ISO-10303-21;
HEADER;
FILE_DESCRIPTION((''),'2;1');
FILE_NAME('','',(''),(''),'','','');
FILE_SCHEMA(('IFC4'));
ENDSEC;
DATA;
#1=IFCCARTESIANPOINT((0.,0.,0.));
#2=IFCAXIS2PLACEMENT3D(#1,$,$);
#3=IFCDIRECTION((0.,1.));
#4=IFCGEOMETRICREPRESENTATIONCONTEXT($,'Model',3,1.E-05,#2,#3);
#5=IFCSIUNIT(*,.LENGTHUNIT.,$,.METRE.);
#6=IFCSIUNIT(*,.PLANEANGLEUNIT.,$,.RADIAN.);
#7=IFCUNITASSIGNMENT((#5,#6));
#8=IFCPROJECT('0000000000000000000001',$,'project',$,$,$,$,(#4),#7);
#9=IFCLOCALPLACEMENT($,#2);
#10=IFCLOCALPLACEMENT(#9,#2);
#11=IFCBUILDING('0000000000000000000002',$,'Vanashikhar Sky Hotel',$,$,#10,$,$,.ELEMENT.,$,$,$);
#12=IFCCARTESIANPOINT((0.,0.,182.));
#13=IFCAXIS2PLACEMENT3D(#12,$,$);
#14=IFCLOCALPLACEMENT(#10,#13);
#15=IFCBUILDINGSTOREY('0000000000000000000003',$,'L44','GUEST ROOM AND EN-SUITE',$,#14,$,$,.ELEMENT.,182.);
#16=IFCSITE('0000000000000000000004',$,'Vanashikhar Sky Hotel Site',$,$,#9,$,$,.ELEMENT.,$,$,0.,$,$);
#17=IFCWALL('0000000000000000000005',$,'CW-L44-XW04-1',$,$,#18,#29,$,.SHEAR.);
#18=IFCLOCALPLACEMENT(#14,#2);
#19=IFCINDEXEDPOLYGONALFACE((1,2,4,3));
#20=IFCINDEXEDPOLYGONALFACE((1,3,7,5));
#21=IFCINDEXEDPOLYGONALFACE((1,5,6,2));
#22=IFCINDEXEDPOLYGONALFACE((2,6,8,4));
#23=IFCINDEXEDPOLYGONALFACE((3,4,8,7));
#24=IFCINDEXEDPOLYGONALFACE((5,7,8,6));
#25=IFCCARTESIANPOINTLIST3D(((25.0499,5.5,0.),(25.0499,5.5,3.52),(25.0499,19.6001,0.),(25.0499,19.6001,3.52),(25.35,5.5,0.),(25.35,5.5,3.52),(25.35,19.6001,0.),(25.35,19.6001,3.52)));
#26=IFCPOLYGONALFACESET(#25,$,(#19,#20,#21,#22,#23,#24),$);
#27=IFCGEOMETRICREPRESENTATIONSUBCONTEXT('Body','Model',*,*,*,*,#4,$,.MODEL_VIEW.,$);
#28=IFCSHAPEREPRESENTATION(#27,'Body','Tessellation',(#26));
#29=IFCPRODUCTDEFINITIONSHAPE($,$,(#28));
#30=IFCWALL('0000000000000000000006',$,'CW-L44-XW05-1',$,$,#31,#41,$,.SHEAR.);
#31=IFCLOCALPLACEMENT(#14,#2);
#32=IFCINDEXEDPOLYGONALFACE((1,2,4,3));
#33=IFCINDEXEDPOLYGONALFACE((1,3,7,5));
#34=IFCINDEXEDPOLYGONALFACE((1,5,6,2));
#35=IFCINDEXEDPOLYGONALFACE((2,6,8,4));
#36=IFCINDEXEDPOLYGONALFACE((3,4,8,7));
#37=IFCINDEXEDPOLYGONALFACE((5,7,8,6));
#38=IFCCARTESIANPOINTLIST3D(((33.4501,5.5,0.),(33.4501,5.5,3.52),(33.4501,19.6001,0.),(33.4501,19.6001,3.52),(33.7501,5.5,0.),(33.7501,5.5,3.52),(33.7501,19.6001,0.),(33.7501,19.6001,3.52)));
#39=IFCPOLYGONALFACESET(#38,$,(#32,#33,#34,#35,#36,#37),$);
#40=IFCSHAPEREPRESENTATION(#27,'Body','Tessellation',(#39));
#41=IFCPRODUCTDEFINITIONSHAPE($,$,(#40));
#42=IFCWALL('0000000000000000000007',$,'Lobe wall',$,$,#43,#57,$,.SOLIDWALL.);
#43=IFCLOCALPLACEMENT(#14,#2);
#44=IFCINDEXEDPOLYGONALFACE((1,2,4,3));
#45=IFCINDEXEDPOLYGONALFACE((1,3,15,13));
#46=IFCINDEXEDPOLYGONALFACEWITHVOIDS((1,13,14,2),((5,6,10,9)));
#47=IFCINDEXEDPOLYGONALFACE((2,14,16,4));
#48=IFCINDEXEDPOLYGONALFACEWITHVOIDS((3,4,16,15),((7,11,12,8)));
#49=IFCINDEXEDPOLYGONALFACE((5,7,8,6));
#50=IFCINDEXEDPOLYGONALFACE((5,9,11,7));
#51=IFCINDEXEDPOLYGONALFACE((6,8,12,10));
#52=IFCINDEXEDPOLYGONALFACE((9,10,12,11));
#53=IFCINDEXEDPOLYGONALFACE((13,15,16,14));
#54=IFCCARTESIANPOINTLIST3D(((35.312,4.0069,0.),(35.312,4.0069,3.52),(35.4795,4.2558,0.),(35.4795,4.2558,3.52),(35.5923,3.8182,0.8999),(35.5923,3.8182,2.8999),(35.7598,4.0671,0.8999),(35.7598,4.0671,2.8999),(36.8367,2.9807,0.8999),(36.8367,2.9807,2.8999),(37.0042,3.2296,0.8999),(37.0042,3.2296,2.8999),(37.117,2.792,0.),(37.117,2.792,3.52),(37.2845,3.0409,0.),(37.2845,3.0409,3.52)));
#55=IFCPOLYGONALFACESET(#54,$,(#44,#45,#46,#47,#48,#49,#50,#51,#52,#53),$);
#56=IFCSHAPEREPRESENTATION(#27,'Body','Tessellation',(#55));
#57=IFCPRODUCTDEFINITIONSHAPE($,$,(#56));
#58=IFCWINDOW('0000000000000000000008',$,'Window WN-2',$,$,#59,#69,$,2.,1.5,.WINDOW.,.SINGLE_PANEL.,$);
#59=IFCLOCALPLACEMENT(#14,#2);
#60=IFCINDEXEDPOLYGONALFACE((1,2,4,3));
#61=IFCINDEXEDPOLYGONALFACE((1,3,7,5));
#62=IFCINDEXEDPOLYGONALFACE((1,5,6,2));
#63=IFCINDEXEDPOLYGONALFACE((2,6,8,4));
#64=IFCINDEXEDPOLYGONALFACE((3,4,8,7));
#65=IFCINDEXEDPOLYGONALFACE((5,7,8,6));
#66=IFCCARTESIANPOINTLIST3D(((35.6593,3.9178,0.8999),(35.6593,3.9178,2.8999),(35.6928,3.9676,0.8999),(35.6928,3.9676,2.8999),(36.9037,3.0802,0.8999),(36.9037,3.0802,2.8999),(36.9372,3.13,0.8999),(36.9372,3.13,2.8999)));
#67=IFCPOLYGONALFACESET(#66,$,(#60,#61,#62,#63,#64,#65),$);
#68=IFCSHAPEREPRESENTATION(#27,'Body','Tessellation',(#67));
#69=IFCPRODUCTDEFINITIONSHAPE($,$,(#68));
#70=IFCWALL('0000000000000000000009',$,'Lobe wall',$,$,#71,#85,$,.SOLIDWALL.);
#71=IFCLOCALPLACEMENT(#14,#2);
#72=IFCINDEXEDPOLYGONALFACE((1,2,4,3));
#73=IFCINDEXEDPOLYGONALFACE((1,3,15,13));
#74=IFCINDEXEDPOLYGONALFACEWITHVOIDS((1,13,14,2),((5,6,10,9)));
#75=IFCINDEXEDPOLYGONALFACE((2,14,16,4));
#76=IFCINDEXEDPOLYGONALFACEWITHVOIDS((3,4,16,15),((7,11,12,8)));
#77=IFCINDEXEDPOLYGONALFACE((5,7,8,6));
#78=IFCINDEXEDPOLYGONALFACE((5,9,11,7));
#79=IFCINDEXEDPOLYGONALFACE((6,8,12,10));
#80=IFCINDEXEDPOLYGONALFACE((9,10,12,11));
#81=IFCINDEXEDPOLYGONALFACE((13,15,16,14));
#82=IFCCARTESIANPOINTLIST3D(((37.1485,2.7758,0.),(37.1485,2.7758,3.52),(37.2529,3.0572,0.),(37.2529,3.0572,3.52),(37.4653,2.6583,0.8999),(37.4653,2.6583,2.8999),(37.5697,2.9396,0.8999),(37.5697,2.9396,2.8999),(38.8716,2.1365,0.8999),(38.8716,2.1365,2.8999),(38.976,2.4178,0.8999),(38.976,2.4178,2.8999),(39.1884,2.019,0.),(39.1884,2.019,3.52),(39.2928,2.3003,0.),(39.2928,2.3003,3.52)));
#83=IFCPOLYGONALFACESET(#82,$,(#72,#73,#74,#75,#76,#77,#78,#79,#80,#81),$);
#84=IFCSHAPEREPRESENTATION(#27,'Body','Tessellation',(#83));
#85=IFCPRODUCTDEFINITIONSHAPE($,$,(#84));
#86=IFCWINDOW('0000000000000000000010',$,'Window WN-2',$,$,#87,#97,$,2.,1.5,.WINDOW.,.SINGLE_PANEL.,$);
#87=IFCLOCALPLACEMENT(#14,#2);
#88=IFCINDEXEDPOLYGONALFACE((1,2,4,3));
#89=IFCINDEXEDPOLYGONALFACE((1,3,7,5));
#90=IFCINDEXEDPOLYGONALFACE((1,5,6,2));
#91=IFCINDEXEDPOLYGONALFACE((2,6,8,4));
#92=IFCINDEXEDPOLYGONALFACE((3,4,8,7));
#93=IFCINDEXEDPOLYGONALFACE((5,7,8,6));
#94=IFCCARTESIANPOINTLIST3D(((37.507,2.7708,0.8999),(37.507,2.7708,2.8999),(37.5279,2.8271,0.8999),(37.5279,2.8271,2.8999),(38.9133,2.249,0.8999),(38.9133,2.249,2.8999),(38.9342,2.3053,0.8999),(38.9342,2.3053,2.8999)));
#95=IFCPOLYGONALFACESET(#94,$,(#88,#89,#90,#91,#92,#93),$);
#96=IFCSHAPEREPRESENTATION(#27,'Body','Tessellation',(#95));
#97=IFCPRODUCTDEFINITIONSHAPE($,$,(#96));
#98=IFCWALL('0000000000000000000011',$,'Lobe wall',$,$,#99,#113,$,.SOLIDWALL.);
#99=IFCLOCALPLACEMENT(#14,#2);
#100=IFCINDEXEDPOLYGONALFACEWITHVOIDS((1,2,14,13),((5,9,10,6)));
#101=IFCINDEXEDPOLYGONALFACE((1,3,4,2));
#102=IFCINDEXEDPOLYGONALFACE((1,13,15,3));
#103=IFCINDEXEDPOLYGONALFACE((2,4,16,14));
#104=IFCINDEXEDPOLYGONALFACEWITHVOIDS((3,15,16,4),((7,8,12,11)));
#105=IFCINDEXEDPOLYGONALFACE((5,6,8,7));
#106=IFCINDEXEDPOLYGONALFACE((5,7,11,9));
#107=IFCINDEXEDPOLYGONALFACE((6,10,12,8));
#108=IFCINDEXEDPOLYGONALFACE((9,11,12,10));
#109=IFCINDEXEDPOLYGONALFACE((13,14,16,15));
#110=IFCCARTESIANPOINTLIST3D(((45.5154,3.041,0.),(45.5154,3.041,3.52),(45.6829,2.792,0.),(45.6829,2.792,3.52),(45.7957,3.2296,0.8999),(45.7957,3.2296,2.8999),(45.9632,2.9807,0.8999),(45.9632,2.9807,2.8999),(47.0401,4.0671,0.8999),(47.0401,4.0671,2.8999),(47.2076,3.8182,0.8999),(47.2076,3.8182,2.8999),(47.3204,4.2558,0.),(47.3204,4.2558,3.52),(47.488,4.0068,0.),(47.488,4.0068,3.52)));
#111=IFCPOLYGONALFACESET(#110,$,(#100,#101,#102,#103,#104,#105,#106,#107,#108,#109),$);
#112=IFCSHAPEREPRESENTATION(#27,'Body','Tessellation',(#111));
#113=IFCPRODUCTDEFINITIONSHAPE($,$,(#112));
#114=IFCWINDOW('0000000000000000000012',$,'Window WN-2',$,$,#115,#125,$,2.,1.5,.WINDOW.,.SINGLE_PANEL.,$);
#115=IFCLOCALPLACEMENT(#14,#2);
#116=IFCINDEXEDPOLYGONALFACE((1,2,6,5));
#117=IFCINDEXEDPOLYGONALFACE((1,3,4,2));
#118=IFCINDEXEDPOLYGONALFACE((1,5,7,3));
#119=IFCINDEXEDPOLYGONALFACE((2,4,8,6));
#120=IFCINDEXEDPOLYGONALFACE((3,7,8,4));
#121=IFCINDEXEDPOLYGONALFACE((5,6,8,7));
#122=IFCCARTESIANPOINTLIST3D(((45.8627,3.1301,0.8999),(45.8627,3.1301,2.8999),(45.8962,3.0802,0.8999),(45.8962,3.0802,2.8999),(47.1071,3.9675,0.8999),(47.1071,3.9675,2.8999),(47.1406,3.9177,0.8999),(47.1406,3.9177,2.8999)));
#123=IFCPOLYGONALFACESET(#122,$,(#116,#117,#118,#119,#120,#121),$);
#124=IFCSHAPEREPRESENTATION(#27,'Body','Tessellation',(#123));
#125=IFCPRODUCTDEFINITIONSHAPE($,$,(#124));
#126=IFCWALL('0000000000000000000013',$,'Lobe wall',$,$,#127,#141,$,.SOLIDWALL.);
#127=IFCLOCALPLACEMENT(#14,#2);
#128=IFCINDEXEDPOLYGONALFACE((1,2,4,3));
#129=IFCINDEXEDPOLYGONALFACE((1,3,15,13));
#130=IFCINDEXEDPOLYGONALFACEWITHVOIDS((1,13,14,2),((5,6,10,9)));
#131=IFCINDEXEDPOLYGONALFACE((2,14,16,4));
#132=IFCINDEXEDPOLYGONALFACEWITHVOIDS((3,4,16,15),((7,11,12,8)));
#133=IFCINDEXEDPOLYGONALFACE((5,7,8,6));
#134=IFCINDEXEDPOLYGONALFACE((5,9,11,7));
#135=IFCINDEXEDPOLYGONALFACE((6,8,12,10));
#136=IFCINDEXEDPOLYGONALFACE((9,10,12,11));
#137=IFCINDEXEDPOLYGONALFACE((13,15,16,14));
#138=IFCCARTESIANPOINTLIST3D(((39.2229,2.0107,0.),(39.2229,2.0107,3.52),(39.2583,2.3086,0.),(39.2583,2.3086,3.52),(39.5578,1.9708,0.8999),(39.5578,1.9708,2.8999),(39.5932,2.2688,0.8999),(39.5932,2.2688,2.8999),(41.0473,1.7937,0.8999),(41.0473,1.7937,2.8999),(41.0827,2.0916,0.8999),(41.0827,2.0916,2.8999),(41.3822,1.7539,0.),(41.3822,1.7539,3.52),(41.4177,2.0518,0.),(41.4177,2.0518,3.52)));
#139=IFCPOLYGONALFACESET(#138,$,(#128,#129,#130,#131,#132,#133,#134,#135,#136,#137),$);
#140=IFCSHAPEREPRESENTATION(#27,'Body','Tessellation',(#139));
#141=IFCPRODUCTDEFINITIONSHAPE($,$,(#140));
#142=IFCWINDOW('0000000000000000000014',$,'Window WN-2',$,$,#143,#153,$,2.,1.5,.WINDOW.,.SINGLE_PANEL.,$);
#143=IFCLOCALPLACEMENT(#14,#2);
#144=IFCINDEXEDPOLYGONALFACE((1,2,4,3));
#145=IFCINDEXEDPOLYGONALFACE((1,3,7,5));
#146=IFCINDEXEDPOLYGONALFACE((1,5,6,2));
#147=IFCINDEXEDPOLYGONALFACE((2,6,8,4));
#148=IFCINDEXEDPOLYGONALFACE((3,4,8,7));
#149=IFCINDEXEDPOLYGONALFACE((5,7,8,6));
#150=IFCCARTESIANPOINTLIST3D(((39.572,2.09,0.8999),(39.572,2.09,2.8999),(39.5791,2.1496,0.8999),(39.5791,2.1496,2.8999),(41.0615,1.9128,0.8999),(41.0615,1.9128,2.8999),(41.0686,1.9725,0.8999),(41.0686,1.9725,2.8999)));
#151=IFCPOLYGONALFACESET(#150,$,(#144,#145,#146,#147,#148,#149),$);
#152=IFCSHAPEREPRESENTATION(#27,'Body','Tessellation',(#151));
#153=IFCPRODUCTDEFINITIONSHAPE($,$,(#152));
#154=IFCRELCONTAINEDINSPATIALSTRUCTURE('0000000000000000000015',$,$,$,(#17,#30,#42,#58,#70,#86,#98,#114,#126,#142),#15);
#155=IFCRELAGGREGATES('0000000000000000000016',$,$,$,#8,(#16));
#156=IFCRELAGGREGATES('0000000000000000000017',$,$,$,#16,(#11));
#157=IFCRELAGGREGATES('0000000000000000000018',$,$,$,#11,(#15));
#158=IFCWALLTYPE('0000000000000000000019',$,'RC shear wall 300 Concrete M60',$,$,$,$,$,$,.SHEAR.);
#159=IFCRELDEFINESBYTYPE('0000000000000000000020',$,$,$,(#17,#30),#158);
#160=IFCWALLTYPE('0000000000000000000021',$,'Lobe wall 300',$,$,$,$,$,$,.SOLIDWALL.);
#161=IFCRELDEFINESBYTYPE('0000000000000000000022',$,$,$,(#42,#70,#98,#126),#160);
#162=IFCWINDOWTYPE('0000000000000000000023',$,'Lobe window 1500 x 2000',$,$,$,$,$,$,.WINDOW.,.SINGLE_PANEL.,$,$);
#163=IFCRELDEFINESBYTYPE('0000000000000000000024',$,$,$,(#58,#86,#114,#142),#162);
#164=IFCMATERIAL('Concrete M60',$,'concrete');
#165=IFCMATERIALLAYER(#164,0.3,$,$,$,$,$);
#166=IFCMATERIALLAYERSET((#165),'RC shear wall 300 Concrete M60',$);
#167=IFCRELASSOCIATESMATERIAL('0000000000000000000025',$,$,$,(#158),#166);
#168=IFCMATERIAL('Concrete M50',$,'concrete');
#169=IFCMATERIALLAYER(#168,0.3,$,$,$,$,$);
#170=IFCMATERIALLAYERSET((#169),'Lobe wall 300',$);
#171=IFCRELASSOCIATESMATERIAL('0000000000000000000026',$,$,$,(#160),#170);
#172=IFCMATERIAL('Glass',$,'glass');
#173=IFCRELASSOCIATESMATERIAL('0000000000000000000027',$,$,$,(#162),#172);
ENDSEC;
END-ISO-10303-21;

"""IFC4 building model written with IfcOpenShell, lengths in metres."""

from ifc_helpers import new_model, si_unit, direction, frame, frame_2d, origin, place, context, subcontext, project, spatial, rectangle, extrude, source, transform, mapped, material, layer, layer_set, type_object, element, fill, save


model = new_model("IFC4")

# Units and contexts
model_context = context("Model", 3, precision=1e-05, world=origin(), true_north=direction((0.0, 1.0)))
body_context = subcontext(model_context, "Body", "Model", "MODEL_VIEW")
ifc_project = project(units=[si_unit("LENGTHUNIT", "METRE"), si_unit("PLANEANGLEUNIT", "RADIAN")], contexts=[model_context])

# Site, building, storey
site_placement = place(None, origin())
site = spatial("IfcSite", under=ifc_project, at=site_placement, Name="Vanashikhar Sky Hotel Site", CompositionType="ELEMENT", RefElevation=0.0)
building_placement = place(site_placement, origin())
building = spatial("IfcBuilding", under=site, at=building_placement, Name="Vanashikhar Sky Hotel", CompositionType="ELEMENT")
storey_placement = place(building_placement, frame((0.0, 0.0, 182.0)))
storey = spatial("IfcBuildingStorey", under=building, at=storey_placement, Name="L44", Description="GUEST ROOM AND EN-SUITE", CompositionType="ELEMENT", Elevation=182.0)

# Walls
ifc_material_1 = material(Name="Concrete M60", Category="concrete")
ifc_layer_1 = layer(ifc_material_1, 0.3)
ifc_layer_set_1 = layer_set([ifc_layer_1], Name="RC shear wall 300 Concrete M60")
wall_type_1 = type_object("IfcWallType", Name="RC shear wall 300 Concrete M60", PredefinedType="SHEAR", material=ifc_layer_set_1)
shared_shape_1 = source(origin(), body_context, "Body", "SweptSolid", [
    extrude(rectangle(XDim=14.1001, YDim=0.3, at=frame_2d((7.05, 0.0))), origin(), (0.0, 0.0, 1.0), 3.52),
])
for number, where, z_axis, x_axis, name in (
    (1, (25.2, 5.5, 0.0), (0.0, 0.0, 1.0), (0.0, 1.0, 0.0), "CW-L44-XW04-1"),
    (2, (33.6001, 5.5, 0.0), (0.0, 0.0, 1.0), (0.0, 1.0, 0.0), "CW-L44-XW05-1"),
):
    element("IfcWall", number, at=place(storey_placement, frame(where, z_axis=z_axis, x_axis=x_axis)), inside=storey, type_object=wall_type_1, Name=name, PredefinedType="SHEAR", context=body_context, shape_type="MappedRepresentation", body=[
        mapped(shared_shape_1, transform((0.0, 0.0, 0.0), scale=1.0)),
    ])

# Walls, openings, windows
ifc_material_2 = material(Name="Concrete M50", Category="concrete")
ifc_layer_2 = layer(ifc_material_2, 0.3)
ifc_layer_set_2 = layer_set([ifc_layer_2], Name="Lobe wall 300")
wall_type_2 = type_object("IfcWallType", Name="Lobe wall 300", PredefinedType="SOLIDWALL", material=ifc_layer_set_2)
shared_shape_2 = source(origin(), body_context, "Body", "SweptSolid", [
    extrude(rectangle(XDim=2.1758, YDim=0.3, at=frame_2d((1.0879, 0.0))), origin(), (0.0, 0.0, 1.0), 3.52),
])
wall_1_placement = place(storey_placement, frame((35.3958, 4.1313, 0.0), z_axis=(0.0, 0.0, 1.0), x_axis=(0.829591, -0.558372, 0.0)))
wall_1 = element("IfcWall", 3, at=wall_1_placement, inside=storey, type_object=wall_type_2, Name="Lobe wall", PredefinedType="SOLIDWALL", context=body_context, shape_type="MappedRepresentation", body=[
    mapped(shared_shape_2, transform((0.0, 0.0, 0.0), scale=1.0)),
])
shared_shape_3 = source(origin(), body_context, "Body", "SweptSolid", [
    extrude(rectangle(XDim=1.5, YDim=2.0, at=frame_2d((0.75, 1.0))), frame((0.0, 0.1602, 0.0), z_axis=(0.0, -1.0, 0.0), x_axis=(1.0, 0.0, 0.0)), (0.0, 0.0, 1.0), 0.3201),
])
opening_1_placement = place(wall_1_placement, frame((0.3379, 0.0, 0.8999)))
opening_1 = element("IfcOpeningElement", 4, at=opening_1_placement, cuts=wall_1, PredefinedType="OPENING", context=body_context, shape_type="MappedRepresentation", body=[
    mapped(shared_shape_3, transform((0.0, 0.0, 0.0), scale=1.0)),
])
ifc_material_3 = material(Name="Glass", Category="glass")
window_type = type_object("IfcWindowType", Name="Lobe window 1500 x 2000", PartitioningType="SINGLE_PANEL", PredefinedType="WINDOW", material=ifc_material_3)
shared_shape_4 = source(origin(), body_context, "Body", "SweptSolid", [
    extrude(rectangle(XDim=1.5, YDim=2.0, at=frame_2d((0.75, 1.0))), frame((0.0, 0.03, 0.0), z_axis=(0.0, -1.0, 0.0), x_axis=(1.0, 0.0, 0.0)), (0.0, 0.0, 1.0), 0.0601),
])
window_1_placement = place(opening_1_placement, origin())
window_1 = element("IfcWindow", 5, at=window_1_placement, inside=storey, type_object=window_type, Name="Window WN-2", OverallHeight=2.0, OverallWidth=1.5, PartitioningType="SINGLE_PANEL", PredefinedType="WINDOW", context=body_context, shape_type="MappedRepresentation", body=[
    mapped(shared_shape_4, transform((0.0, 0.0, 0.0), scale=1.0)),
])
fill(opening_1, window_1)
wall_2_placement = place(storey_placement, frame((37.2007, 2.9165, 0.0), z_axis=(0.0, 0.0, 1.0), x_axis=(0.937546, -0.347863, 0.0)))
wall_2 = element("IfcWall", 6, at=wall_2_placement, inside=storey, type_object=wall_type_2, Name="Lobe wall", PredefinedType="SOLIDWALL", context=body_context, shape_type="MappedRepresentation", body=[
    mapped(shared_shape_2, transform((0.0, 0.0, 0.0), scale=1.0)),
])
opening_2_placement = place(wall_2_placement, frame((0.3379, 0.0, 0.8999)))
opening_2 = element("IfcOpeningElement", 7, at=opening_2_placement, cuts=wall_2, PredefinedType="OPENING", context=body_context, shape_type="MappedRepresentation", body=[
    mapped(shared_shape_3, transform((0.0, 0.0, 0.0), scale=1.0)),
])
window_2_placement = place(opening_2_placement, origin())
window_2 = element("IfcWindow", 8, at=window_2_placement, inside=storey, type_object=window_type, Name="Window WN-2", OverallHeight=2.0, OverallWidth=1.5, PartitioningType="SINGLE_PANEL", PredefinedType="WINDOW", context=body_context, shape_type="MappedRepresentation", body=[
    mapped(shared_shape_4, transform((0.0, 0.0, 0.0), scale=1.0)),
])
fill(opening_2, window_2)
wall_3_placement = place(storey_placement, frame((45.5991, 2.9165, 0.0), z_axis=(0.0, 0.0, 1.0), x_axis=(0.829626, 0.55832, 0.0)))
wall_3 = element("IfcWall", 9, at=wall_3_placement, inside=storey, type_object=wall_type_2, Name="Lobe wall", PredefinedType="SOLIDWALL", context=body_context, shape_type="MappedRepresentation", body=[
    mapped(shared_shape_2, transform((0.0, 0.0, 0.0), scale=1.0)),
])
opening_3_placement = place(wall_3_placement, frame((0.3379, 0.0, 0.8999)))
opening_3 = element("IfcOpeningElement", 10, at=opening_3_placement, cuts=wall_3, PredefinedType="OPENING", context=body_context, shape_type="MappedRepresentation", body=[
    mapped(shared_shape_3, transform((0.0, 0.0, 0.0), scale=1.0)),
])
window_3_placement = place(opening_3_placement, origin())
window_3 = element("IfcWindow", 11, at=window_3_placement, inside=storey, type_object=window_type, Name="Window WN-2", OverallHeight=2.0, OverallWidth=1.5, PartitioningType="SINGLE_PANEL", PredefinedType="WINDOW", context=body_context, shape_type="MappedRepresentation", body=[
    mapped(shared_shape_4, transform((0.0, 0.0, 0.0), scale=1.0)),
])
fill(opening_3, window_3)
shared_shape_5 = source(origin(), body_context, "Body", "SweptSolid", [
    extrude(rectangle(XDim=2.1746, YDim=0.3, at=frame_2d((1.0874, 0.0))), origin(), (0.0, 0.0, 1.0), 3.52),
])
wall_4_placement = place(storey_placement, frame((39.2405, 2.1597, 0.0), z_axis=(0.0, 0.0, 1.0), x_axis=(0.993001, -0.118105, 0.0)))
wall_4 = element("IfcWall", 12, at=wall_4_placement, inside=storey, type_object=wall_type_2, Name="Lobe wall", PredefinedType="SOLIDWALL", context=body_context, shape_type="MappedRepresentation", body=[
    mapped(shared_shape_5, transform((0.0, 0.0, 0.0), scale=1.0)),
])
opening_4_placement = place(wall_4_placement, frame((0.3374, 0.0, 0.8999)))
opening_4 = element("IfcOpeningElement", 13, at=opening_4_placement, cuts=wall_4, PredefinedType="OPENING", context=body_context, shape_type="MappedRepresentation", body=[
    mapped(shared_shape_3, transform((0.0, 0.0, 0.0), scale=1.0)),
])
window_4_placement = place(opening_4_placement, origin())
window_4 = element("IfcWindow", 14, at=window_4_placement, inside=storey, type_object=window_type, Name="Window WN-2", OverallHeight=2.0, OverallWidth=1.5, PartitioningType="SINGLE_PANEL", PredefinedType="WINDOW", context=body_context, shape_type="MappedRepresentation", body=[
    mapped(shared_shape_4, transform((0.0, 0.0, 0.0), scale=1.0)),
])
fill(opening_4, window_4)

save(model, "model.ifc")
